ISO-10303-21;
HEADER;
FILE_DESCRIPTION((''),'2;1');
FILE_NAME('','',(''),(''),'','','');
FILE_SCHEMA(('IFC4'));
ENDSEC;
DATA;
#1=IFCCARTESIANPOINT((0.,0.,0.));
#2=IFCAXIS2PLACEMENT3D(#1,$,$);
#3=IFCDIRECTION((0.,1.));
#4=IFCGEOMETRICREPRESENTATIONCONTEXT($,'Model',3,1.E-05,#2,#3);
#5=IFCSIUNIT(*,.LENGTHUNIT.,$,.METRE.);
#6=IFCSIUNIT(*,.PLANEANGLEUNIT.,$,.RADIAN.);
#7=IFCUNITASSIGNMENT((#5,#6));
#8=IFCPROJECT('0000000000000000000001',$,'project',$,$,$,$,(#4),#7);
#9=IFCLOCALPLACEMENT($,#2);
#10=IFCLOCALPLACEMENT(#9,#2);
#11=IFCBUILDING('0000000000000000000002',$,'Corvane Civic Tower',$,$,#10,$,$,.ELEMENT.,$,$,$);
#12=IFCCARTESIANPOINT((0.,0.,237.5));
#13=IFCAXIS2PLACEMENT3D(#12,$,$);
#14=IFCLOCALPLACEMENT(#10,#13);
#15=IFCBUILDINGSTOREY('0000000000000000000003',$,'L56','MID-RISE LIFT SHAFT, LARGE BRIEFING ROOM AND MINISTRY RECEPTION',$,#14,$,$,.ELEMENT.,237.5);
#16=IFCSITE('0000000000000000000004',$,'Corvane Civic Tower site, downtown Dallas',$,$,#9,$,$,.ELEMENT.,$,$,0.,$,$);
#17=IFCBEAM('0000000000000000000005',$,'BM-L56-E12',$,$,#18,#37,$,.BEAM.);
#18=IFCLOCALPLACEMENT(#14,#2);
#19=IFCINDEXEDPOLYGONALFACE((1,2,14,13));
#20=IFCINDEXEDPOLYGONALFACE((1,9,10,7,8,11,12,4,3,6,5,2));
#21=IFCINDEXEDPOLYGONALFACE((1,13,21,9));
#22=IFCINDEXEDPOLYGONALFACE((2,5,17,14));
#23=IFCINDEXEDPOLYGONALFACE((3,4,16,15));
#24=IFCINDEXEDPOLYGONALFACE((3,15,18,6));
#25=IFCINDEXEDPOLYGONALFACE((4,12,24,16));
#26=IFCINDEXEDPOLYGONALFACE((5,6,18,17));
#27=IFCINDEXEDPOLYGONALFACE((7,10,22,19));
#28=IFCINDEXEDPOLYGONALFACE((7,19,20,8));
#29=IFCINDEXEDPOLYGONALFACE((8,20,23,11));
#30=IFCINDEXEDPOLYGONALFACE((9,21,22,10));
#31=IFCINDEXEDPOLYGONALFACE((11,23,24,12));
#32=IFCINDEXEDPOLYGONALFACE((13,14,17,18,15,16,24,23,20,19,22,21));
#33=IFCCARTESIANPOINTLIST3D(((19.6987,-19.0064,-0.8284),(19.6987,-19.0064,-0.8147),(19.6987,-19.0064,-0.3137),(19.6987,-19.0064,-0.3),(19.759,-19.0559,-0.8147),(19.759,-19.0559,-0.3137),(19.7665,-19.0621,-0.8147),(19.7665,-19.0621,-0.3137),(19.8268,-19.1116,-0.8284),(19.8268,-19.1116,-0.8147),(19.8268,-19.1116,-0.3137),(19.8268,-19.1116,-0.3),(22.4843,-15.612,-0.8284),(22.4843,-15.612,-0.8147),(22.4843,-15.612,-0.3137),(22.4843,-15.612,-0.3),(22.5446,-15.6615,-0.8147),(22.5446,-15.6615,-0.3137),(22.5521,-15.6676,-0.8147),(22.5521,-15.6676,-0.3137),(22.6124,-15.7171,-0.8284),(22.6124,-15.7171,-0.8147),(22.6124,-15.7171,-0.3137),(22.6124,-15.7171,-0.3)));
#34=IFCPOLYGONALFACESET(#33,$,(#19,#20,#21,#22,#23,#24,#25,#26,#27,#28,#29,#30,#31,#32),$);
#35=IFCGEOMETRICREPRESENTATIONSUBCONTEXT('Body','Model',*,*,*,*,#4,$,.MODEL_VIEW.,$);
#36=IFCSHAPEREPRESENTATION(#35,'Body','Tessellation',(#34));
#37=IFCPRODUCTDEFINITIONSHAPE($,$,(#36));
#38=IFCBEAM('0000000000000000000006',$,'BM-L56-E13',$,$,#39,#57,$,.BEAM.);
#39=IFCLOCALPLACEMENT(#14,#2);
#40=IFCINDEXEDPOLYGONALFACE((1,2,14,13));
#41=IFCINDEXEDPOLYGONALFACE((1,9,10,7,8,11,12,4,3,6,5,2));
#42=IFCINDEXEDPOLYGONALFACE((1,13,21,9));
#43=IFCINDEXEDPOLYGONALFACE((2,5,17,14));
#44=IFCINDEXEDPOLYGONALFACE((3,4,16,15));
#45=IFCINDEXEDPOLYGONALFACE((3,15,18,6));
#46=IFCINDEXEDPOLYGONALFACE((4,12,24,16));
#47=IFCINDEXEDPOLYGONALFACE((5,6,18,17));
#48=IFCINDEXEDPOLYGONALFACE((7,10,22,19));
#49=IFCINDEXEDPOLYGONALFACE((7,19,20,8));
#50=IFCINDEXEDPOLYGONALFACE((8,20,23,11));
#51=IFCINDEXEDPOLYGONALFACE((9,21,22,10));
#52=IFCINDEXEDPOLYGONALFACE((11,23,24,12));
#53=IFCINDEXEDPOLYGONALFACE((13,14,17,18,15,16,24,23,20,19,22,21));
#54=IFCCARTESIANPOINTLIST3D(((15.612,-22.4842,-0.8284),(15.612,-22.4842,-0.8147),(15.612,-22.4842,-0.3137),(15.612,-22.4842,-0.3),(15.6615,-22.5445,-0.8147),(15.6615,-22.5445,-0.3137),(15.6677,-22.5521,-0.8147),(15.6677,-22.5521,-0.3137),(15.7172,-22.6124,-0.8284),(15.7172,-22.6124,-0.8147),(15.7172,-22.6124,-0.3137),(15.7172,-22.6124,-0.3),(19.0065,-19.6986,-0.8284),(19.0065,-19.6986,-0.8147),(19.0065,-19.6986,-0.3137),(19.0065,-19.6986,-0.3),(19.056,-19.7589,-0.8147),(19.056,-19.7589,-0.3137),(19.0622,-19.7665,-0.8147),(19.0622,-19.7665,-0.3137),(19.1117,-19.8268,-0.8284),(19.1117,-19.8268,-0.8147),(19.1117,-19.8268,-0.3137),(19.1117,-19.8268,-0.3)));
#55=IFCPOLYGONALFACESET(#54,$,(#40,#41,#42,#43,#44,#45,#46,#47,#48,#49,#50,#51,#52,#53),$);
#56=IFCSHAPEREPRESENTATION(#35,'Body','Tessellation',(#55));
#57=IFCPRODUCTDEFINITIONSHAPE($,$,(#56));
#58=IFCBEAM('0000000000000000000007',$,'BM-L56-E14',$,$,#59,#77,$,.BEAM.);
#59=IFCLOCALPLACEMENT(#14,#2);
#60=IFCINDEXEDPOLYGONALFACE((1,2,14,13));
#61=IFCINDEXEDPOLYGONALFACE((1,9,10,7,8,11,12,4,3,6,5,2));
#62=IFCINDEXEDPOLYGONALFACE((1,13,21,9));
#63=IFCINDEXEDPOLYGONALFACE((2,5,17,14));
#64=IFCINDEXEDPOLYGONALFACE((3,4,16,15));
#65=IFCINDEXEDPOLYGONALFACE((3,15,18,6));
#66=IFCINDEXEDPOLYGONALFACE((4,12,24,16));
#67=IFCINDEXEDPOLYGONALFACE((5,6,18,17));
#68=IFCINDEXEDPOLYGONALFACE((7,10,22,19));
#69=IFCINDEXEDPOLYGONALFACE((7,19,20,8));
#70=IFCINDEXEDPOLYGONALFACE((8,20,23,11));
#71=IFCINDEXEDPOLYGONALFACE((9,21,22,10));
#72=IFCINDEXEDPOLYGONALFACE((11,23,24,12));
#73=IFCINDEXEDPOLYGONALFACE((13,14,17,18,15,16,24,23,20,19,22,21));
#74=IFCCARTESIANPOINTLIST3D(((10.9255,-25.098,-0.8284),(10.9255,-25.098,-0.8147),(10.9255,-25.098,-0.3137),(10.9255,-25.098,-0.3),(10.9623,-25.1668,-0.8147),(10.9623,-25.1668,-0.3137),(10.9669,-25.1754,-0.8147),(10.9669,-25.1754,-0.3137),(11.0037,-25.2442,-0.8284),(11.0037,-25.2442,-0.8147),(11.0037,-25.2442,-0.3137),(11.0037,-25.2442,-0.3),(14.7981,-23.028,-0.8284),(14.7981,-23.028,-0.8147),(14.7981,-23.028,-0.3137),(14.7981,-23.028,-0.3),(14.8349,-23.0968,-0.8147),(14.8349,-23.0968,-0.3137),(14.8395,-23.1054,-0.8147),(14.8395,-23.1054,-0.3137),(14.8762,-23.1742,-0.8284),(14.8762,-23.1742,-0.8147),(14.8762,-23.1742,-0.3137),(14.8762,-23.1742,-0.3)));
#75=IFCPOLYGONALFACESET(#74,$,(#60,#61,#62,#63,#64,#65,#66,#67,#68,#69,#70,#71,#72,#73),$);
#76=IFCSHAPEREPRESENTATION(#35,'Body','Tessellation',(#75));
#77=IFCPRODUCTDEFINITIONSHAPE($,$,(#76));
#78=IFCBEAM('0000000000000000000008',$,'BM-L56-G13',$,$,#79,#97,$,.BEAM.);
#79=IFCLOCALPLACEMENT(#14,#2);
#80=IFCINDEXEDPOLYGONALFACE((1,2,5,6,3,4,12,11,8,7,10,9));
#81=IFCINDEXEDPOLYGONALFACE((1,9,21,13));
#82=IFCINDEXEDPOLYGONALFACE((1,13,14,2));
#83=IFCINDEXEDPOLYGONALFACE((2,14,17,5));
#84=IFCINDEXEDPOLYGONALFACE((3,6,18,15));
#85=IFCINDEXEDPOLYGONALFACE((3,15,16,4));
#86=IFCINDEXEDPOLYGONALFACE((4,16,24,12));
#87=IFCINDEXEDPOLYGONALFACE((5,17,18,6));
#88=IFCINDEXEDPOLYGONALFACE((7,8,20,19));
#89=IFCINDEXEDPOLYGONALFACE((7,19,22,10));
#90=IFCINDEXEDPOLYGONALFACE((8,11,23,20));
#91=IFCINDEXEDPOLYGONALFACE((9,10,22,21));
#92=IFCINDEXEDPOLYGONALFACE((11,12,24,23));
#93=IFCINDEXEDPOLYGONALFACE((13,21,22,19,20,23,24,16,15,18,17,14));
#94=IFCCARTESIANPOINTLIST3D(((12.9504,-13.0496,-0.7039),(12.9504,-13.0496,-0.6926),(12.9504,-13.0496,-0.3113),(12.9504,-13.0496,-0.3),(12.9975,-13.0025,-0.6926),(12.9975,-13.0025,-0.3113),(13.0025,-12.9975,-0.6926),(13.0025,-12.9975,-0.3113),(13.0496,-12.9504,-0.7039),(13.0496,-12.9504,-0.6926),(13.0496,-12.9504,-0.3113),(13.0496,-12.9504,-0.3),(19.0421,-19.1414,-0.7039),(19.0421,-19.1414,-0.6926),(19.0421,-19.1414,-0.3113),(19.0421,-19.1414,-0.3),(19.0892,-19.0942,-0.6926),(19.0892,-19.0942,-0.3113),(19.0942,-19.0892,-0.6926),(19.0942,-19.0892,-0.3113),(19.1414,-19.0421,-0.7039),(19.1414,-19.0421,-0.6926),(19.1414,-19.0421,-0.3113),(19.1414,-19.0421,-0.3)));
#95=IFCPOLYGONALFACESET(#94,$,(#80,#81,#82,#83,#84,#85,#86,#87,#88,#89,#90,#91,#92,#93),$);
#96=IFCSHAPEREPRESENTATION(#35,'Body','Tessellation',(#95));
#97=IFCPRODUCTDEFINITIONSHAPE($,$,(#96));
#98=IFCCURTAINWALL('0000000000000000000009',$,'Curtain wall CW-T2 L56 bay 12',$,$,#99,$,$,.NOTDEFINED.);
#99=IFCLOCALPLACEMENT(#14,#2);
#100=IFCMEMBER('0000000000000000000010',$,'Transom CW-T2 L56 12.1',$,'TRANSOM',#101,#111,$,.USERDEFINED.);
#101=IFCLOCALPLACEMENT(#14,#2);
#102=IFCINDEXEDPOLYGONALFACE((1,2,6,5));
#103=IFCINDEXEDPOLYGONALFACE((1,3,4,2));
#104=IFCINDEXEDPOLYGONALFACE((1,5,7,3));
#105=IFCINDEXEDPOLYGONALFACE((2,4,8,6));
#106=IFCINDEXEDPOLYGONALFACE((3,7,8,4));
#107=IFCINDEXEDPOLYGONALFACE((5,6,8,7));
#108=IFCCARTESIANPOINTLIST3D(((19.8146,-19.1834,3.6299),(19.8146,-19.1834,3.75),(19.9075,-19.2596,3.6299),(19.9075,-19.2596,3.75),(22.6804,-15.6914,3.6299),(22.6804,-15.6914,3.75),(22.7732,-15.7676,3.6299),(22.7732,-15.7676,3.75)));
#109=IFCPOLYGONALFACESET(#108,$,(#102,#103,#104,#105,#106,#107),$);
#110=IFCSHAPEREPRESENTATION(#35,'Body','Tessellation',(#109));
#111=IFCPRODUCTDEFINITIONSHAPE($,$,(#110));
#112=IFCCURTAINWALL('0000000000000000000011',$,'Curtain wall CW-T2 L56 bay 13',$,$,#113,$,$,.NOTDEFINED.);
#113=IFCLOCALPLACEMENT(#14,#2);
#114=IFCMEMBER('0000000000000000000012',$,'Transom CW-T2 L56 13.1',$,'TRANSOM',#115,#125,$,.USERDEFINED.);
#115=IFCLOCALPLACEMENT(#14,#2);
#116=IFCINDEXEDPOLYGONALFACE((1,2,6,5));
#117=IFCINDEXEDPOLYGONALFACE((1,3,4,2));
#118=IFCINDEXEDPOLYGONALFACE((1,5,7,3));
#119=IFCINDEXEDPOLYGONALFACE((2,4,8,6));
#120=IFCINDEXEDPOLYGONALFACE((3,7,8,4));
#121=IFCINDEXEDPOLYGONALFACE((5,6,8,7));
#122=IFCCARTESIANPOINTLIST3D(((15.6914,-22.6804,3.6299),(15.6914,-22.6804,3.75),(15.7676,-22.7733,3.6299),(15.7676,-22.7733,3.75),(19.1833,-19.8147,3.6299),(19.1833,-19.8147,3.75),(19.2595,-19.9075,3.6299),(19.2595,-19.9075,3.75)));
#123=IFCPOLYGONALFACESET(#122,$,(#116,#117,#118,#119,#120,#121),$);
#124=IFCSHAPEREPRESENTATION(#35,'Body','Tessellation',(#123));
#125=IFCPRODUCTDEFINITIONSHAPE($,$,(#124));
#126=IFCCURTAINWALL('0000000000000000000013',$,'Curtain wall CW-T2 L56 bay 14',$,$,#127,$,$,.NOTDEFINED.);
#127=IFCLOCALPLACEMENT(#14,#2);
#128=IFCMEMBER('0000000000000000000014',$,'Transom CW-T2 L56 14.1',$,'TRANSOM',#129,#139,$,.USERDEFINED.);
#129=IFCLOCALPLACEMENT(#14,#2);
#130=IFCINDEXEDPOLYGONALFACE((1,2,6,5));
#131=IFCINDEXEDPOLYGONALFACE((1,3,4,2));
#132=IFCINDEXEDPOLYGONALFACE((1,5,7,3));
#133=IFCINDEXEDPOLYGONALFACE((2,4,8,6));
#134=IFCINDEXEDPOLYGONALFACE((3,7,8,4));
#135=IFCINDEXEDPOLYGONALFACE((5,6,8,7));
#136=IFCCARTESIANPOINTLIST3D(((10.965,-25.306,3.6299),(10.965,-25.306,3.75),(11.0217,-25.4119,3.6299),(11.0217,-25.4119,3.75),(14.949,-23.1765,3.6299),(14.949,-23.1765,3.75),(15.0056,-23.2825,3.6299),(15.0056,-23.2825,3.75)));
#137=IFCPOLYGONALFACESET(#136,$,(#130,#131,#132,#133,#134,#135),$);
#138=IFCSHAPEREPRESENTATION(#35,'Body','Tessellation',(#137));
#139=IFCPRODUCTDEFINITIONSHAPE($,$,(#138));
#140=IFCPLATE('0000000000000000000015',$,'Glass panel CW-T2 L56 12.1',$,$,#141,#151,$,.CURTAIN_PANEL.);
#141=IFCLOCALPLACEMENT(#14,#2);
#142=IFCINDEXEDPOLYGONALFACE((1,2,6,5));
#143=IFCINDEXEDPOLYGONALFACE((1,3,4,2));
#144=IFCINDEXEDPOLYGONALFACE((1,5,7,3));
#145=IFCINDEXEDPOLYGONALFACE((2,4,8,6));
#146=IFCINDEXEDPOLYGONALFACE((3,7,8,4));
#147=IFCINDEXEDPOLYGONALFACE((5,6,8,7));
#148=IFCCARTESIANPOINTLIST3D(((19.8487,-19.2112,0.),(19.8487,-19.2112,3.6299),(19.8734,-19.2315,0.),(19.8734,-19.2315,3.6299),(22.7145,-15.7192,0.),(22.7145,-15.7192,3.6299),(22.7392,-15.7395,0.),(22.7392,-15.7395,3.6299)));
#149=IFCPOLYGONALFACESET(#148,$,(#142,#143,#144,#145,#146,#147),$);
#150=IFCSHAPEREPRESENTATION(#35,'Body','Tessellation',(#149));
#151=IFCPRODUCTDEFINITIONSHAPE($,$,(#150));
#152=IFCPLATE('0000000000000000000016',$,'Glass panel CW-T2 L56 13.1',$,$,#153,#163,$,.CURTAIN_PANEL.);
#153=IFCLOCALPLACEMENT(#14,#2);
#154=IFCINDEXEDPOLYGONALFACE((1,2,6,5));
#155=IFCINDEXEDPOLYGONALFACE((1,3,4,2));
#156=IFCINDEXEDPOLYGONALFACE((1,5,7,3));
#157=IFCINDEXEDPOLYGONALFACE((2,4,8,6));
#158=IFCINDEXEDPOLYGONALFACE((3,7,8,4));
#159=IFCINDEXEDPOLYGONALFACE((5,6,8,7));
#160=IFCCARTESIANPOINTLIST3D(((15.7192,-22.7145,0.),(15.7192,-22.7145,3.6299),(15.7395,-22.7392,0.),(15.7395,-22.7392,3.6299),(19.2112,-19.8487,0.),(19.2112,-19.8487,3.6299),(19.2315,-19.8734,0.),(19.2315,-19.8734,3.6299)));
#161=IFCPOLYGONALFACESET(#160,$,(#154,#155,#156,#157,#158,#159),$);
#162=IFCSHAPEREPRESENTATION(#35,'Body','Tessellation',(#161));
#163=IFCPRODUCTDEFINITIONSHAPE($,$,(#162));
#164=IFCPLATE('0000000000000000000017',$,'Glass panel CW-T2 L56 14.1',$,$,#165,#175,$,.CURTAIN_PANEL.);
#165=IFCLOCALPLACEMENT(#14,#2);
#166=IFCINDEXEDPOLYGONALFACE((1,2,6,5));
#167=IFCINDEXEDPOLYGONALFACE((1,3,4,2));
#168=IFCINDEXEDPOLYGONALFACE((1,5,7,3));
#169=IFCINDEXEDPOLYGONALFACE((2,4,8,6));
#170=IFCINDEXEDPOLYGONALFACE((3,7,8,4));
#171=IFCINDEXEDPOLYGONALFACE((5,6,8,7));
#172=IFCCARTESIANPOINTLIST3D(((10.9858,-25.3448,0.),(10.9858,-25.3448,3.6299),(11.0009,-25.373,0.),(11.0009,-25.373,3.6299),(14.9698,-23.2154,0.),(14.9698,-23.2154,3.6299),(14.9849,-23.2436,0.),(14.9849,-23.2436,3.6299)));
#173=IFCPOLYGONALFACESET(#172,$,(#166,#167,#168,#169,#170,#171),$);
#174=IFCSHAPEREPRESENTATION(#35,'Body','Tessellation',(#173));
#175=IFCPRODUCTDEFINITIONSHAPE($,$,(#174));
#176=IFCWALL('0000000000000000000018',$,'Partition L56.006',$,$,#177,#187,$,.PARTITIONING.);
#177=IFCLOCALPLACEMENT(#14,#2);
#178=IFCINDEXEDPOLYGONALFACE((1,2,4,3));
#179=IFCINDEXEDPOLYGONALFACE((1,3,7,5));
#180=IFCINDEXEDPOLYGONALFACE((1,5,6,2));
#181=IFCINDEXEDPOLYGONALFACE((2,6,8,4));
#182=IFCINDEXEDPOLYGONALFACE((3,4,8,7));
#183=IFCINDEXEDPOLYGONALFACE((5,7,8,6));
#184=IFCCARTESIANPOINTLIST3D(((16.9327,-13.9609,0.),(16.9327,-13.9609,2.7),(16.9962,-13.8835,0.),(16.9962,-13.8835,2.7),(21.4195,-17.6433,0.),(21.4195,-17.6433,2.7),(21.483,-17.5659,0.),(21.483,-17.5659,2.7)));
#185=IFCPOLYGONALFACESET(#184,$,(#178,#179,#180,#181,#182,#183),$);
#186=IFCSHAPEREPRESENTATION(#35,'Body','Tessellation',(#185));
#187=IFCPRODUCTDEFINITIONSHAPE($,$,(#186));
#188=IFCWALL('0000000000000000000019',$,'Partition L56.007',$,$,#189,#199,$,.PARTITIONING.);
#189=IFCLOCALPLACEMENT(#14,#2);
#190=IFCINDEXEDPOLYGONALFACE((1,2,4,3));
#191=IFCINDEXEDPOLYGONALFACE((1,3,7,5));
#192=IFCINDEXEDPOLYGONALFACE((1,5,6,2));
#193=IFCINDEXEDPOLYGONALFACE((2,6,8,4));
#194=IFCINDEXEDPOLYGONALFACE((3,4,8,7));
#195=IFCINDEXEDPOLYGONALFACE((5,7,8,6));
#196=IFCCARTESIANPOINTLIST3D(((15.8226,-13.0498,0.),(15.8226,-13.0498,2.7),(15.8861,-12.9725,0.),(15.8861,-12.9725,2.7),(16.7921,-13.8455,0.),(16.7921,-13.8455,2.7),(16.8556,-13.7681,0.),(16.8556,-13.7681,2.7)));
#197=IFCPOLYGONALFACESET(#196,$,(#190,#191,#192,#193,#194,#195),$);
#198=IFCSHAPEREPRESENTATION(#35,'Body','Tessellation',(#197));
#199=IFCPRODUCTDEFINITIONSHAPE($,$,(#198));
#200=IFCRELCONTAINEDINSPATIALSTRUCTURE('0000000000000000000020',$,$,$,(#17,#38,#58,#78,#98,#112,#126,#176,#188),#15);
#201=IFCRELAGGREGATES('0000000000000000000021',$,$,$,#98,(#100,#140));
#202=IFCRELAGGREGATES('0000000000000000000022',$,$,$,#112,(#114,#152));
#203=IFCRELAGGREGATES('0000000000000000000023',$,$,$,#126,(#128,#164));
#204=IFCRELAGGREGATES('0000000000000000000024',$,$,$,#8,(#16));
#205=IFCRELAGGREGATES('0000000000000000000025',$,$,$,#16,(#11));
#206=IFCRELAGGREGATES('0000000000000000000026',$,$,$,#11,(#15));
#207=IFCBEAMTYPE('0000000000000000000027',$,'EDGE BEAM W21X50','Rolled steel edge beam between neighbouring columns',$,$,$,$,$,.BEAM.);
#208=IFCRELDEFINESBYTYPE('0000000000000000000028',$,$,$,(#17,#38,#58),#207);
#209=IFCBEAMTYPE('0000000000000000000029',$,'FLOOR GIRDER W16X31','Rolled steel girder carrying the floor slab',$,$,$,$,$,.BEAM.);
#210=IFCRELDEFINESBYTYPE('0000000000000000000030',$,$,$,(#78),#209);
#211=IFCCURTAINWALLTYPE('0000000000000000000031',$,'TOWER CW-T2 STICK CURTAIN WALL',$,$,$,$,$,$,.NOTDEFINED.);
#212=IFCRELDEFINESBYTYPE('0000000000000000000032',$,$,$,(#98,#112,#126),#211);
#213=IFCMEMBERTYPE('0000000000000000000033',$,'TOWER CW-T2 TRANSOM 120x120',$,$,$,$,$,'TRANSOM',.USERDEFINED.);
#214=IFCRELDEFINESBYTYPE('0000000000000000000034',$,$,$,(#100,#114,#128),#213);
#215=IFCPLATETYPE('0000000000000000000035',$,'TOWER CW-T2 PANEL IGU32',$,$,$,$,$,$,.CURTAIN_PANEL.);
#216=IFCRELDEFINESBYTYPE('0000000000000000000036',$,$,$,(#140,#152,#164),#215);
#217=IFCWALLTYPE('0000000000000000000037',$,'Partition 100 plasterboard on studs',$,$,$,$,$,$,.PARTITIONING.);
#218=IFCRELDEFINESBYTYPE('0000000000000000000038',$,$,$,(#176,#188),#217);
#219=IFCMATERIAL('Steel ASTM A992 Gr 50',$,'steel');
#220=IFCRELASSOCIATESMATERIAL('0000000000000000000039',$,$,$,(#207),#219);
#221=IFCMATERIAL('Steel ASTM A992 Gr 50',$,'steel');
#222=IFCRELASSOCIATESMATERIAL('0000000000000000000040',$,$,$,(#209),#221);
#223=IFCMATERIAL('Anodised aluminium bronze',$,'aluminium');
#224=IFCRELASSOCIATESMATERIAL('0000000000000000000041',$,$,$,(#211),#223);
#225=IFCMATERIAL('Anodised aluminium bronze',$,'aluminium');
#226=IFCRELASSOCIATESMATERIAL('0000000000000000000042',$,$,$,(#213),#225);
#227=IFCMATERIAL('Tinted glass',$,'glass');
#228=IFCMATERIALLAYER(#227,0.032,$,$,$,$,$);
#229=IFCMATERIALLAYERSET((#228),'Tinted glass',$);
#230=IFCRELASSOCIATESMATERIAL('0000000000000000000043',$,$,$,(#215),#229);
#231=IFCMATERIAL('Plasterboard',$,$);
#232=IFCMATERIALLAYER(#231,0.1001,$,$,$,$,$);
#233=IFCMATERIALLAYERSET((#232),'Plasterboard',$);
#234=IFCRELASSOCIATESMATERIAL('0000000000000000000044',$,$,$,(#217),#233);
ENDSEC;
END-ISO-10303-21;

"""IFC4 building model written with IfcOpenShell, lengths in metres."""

from ifc_helpers import new_model, si_unit, direction, frame, frame_2d, origin, origin_2d, place, context, subcontext, project, spatial, rectangle, i_section, extrude, material, layer, layer_set, material_profile, profile_set, type_object, element, aggregate, save


model = new_model("IFC4")

# Units and contexts
model_context = context("Model", 3, precision=1e-05, world=origin(), true_north=direction((0.0, 1.0)))
body_context = subcontext(model_context, "Body", "Model", "MODEL_VIEW")
ifc_project = project(units=[si_unit("LENGTHUNIT", "METRE"), si_unit("PLANEANGLEUNIT", "RADIAN")], contexts=[model_context])

# Site, building, storey
site_placement = place(None, origin())
site = spatial("IfcSite", under=ifc_project, at=site_placement, Name="Corvane Civic Tower site, downtown Dallas", CompositionType="ELEMENT", RefElevation=0.0)
building_placement = place(site_placement, origin())
building = spatial("IfcBuilding", under=site, at=building_placement, Name="Corvane Civic Tower", CompositionType="ELEMENT")
storey_placement = place(building_placement, frame((0.0, 0.0, 237.5)))
storey = spatial("IfcBuildingStorey", under=building, at=storey_placement, Name="L56", Description="MID-RISE LIFT SHAFT, LARGE BRIEFING ROOM AND MINISTRY RECEPTION", CompositionType="ELEMENT", Elevation=237.5)

# Beams
ifc_material_1 = material(Name="Steel ASTM A992 Gr 50", Category="steel")
ifc_material_profile_1 = material_profile(ifc_material_1, i_section(OverallWidth=0.1658, OverallDepth=0.5283, WebThickness=0.0098, FlangeThickness=0.0137, at=origin_2d()), Name="W21X50")
ifc_profile_set_1 = profile_set([ifc_material_profile_1], Name="Steel ASTM A992 Gr 50")
beam_type_1 = type_object("IfcBeamType", Name="EDGE BEAM W21X50", Description="Rolled steel edge beam between neighbouring columns", PredefinedType="BEAM", material=ifc_profile_set_1)
for number, where, z_axis, x_axis, name in (
    (1, (22.5483, -15.6646, -0.5642), (-0.634369, -0.77303, 0.0), (0.77303, -0.634369, 0.0), "BM-L56-E12"),
    (2, (19.0591, -19.7627, -0.5642), (-0.77303, -0.634369, 0.0), (0.634369, -0.77303, 0.0), "BM-L56-E13"),
    (3, (14.8372, -23.1011, -0.5642), (-0.881908, -0.471422, 0.0), (0.471422, -0.881908, 0.0), "BM-L56-E14"),
):
    element("IfcBeam", number, at=place(storey_placement, frame(where, z_axis=z_axis, x_axis=x_axis)), inside=storey, type_object=beam_type_1, Name=name, PredefinedType="BEAM", context=body_context, shape_type="SweptSolid", body=[
        extrude(i_section(OverallWidth=0.1658, OverallDepth=0.5283, WebThickness=0.0098, FlangeThickness=0.0137, at=origin_2d()), origin(), (0.0, 0.0, 1.0), 4.3911),
    ])
ifc_material_2 = material(Name="Steel ASTM A992 Gr 50", Category="steel")
ifc_material_profile_2 = material_profile(ifc_material_2, i_section(OverallWidth=0.1404, OverallDepth=0.4038, WebThickness=0.0071, FlangeThickness=0.0112, at=origin_2d()), Name="W16X31")
ifc_profile_set_2 = profile_set([ifc_material_profile_2], Name="Steel ASTM A992 Gr 50")
beam_type_2 = type_object("IfcBeamType", Name="FLOOR GIRDER W16X31", Description="Rolled steel girder carrying the floor slab", PredefinedType="BEAM", material=ifc_profile_set_2)
beam_placement = place(storey_placement, frame((13.0, -13.0, -0.502), z_axis=(0.707107, -0.707107, 0.0), x_axis=(0.707107, 0.707107, 0.0)))
element("IfcBeam", 4, at=beam_placement, inside=storey, type_object=beam_type_2, Name="BM-L56-G13", PredefinedType="BEAM", context=body_context, shape_type="SweptSolid", body=[
    extrude(i_section(OverallWidth=0.1404, OverallDepth=0.4038, WebThickness=0.0071, FlangeThickness=0.0112, at=origin_2d()), origin(), (0.0, 0.0, 1.0), 8.615),
])

# Curtain walls, members
ifc_material_3 = material(Name="Anodised aluminium bronze", Category="aluminium")
curtain_wall_type = type_object("IfcCurtainWallType", Name="TOWER CW-T2 STICK CURTAIN WALL", PredefinedType="NOTDEFINED", material=ifc_material_3)
curtain_wall_1_placement = place(storey_placement, origin())
curtain_wall_1 = element("IfcCurtainWall", 5, at=curtain_wall_1_placement, inside=storey, type_object=curtain_wall_type, Name="Curtain wall CW-T2 L56 bay 12", PredefinedType="NOTDEFINED")
ifc_material_4 = material(Name="Anodised aluminium bronze", Category="aluminium")
ifc_material_profile_3 = material_profile(ifc_material_4, rectangle(XDim=0.1201, YDim=0.1201, at=origin_2d()), Name="TOWER CW-T2 TRANSOM 120x120")
ifc_profile_set_3 = profile_set([ifc_material_profile_3], Name="Anodised aluminium bronze")
member_type = type_object("IfcMemberType", Name="TOWER CW-T2 TRANSOM 120x120", ElementType="TRANSOM", PredefinedType="USERDEFINED", material=ifc_profile_set_3)
member_1_placement = place(storey_placement, frame((22.7268, -15.7295, 3.6899), z_axis=(-0.634388, -0.773015, 0.0), x_axis=(0.773015, -0.634388, 0.0)))
member_1 = element("IfcMember", 6, at=member_1_placement, type_object=member_type, Name="Transom CW-T2 L56 12.1", ObjectType="TRANSOM", PredefinedType="USERDEFINED", context=body_context, shape_type="SweptSolid", body=[
    extrude(rectangle(XDim=0.1201, YDim=0.1201, at=origin_2d()), origin(), (0.0, 0.0, 1.0), 4.5173),
])
curtain_wall_2_placement = place(storey_placement, origin())
curtain_wall_2 = element("IfcCurtainWall", 7, at=curtain_wall_2_placement, inside=storey, type_object=curtain_wall_type, Name="Curtain wall CW-T2 L56 bay 13", PredefinedType="NOTDEFINED")
member_2_placement = place(storey_placement, frame((19.2214, -19.8611, 3.6899), z_axis=(-0.773015, -0.634388, 0.0), x_axis=(0.634388, -0.773015, 0.0)))
member_2 = element("IfcMember", 8, at=member_2_placement, type_object=member_type, Name="Transom CW-T2 L56 13.1", ObjectType="TRANSOM", PredefinedType="USERDEFINED", context=body_context, shape_type="SweptSolid", body=[
    extrude(rectangle(XDim=0.1201, YDim=0.1201, at=origin_2d()), origin(), (0.0, 0.0, 1.0), 4.5173),
])
curtain_wall_3_placement = place(storey_placement, origin())
curtain_wall_3 = element("IfcCurtainWall", 9, at=curtain_wall_3_placement, inside=storey, type_object=curtain_wall_type, Name="Curtain wall CW-T2 L56 bay 14", PredefinedType="NOTDEFINED")
member_3_placement = place(storey_placement, frame((14.9773, -23.2295, 3.6899), z_axis=(-0.881925, -0.47139, 0.0), x_axis=(0.47139, -0.881925, 0.0)))
member_3 = element("IfcMember", 10, at=member_3_placement, type_object=member_type, Name="Transom CW-T2 L56 14.1", ObjectType="TRANSOM", PredefinedType="USERDEFINED", context=body_context, shape_type="SweptSolid", body=[
    extrude(rectangle(XDim=0.1201, YDim=0.1201, at=origin_2d()), origin(), (0.0, 0.0, 1.0), 4.5173),
])

# Plates
ifc_material_5 = material(Name="Tinted glass", Category="glass")
ifc_layer_1 = layer(ifc_material_5, 0.032)
ifc_layer_set_1 = layer_set([ifc_layer_1], Name="Tinted glass")
plate_type = type_object("IfcPlateType", Name="TOWER CW-T2 PANEL IGU32", PredefinedType="CURTAIN_PANEL", material=ifc_layer_set_1)
plate_1_placement = place(storey_placement, frame((21.2939, -17.4753, 0.0), z_axis=(0.0, 0.0, 1.0), x_axis=(-0.634391, -0.773012, 0.0)))
plate_1 = element("IfcPlate", 11, at=plate_1_placement, type_object=plate_type, Name="Glass panel CW-T2 L56 12.1", PredefinedType="CURTAIN_PANEL", context=body_context, shape_type="SweptSolid", body=[
    extrude(rectangle(XDim=4.5173, YDim=0.032, at=origin_2d()), origin(), (0.0, 0.0, 1.0), 3.6299),
])
aggregate(curtain_wall_1, [member_1, plate_1])
plate_2_placement = place(storey_placement, frame((17.4753, -21.2939, 0.0), z_axis=(0.0, 0.0, 1.0), x_axis=(-0.773012, -0.634391, 0.0)))
plate_2 = element("IfcPlate", 12, at=plate_2_placement, type_object=plate_type, Name="Glass panel CW-T2 L56 13.1", PredefinedType="CURTAIN_PANEL", context=body_context, shape_type="SweptSolid", body=[
    extrude(rectangle(XDim=4.5173, YDim=0.032, at=origin_2d()), origin(), (0.0, 0.0, 1.0), 3.6299),
])
aggregate(curtain_wall_2, [member_2, plate_2])
plate_3_placement = place(storey_placement, frame((12.9854, -24.2942, 0.0), z_axis=(0.0, 0.0, 1.0), x_axis=(-0.88192, -0.471398, 0.0)))
plate_3 = element("IfcPlate", 13, at=plate_3_placement, type_object=plate_type, Name="Glass panel CW-T2 L56 14.1", PredefinedType="CURTAIN_PANEL", context=body_context, shape_type="SweptSolid", body=[
    extrude(rectangle(XDim=4.5173, YDim=0.032, at=origin_2d()), origin(), (0.0, 0.0, 1.0), 3.6299),
])
aggregate(curtain_wall_3, [member_3, plate_3])

# Walls
ifc_material_6 = material(Name="Plasterboard")
ifc_layer_2 = layer(ifc_material_6, 0.1001)
ifc_layer_set_2 = layer_set([ifc_layer_2], Name="Plasterboard")
wall_type_1 = type_object("IfcWallType", Name="Partition 100 plasterboard on studs", PredefinedType="PARTITIONING", material=ifc_layer_set_2)
wall_1_placement = place(storey_placement, frame((16.9644, -13.9221, 0.0), z_axis=(0.0, 0.0, 1.0), x_axis=(0.772999, -0.634407, 0.0)))
element("IfcWall", 14, at=wall_1_placement, inside=storey, type_object=wall_type_1, Name="Partition L56.006", PredefinedType="PARTITIONING", context=body_context, shape_type="SweptSolid", body=[
    extrude(rectangle(XDim=5.8044, YDim=0.1001, at=frame_2d((2.9023, 0.0))), origin(), (0.0, 0.0, 1.0), 2.7),
])
wall_2_placement = place(storey_placement, frame((15.8545, -13.0112, 0.0), z_axis=(0.0, 0.0, 1.0), x_axis=(0.773002, -0.634403, 0.0)))
element("IfcWall", 15, at=wall_2_placement, inside=storey, type_object=wall_type_1, Name="Partition L56.007", PredefinedType="PARTITIONING", context=body_context, shape_type="SweptSolid", body=[
    extrude(rectangle(XDim=1.2542, YDim=0.1001, at=frame_2d((0.627, 0.0))), origin(), (0.0, 0.0, 1.0), 2.7),
])

save(model, "model.ifc")
